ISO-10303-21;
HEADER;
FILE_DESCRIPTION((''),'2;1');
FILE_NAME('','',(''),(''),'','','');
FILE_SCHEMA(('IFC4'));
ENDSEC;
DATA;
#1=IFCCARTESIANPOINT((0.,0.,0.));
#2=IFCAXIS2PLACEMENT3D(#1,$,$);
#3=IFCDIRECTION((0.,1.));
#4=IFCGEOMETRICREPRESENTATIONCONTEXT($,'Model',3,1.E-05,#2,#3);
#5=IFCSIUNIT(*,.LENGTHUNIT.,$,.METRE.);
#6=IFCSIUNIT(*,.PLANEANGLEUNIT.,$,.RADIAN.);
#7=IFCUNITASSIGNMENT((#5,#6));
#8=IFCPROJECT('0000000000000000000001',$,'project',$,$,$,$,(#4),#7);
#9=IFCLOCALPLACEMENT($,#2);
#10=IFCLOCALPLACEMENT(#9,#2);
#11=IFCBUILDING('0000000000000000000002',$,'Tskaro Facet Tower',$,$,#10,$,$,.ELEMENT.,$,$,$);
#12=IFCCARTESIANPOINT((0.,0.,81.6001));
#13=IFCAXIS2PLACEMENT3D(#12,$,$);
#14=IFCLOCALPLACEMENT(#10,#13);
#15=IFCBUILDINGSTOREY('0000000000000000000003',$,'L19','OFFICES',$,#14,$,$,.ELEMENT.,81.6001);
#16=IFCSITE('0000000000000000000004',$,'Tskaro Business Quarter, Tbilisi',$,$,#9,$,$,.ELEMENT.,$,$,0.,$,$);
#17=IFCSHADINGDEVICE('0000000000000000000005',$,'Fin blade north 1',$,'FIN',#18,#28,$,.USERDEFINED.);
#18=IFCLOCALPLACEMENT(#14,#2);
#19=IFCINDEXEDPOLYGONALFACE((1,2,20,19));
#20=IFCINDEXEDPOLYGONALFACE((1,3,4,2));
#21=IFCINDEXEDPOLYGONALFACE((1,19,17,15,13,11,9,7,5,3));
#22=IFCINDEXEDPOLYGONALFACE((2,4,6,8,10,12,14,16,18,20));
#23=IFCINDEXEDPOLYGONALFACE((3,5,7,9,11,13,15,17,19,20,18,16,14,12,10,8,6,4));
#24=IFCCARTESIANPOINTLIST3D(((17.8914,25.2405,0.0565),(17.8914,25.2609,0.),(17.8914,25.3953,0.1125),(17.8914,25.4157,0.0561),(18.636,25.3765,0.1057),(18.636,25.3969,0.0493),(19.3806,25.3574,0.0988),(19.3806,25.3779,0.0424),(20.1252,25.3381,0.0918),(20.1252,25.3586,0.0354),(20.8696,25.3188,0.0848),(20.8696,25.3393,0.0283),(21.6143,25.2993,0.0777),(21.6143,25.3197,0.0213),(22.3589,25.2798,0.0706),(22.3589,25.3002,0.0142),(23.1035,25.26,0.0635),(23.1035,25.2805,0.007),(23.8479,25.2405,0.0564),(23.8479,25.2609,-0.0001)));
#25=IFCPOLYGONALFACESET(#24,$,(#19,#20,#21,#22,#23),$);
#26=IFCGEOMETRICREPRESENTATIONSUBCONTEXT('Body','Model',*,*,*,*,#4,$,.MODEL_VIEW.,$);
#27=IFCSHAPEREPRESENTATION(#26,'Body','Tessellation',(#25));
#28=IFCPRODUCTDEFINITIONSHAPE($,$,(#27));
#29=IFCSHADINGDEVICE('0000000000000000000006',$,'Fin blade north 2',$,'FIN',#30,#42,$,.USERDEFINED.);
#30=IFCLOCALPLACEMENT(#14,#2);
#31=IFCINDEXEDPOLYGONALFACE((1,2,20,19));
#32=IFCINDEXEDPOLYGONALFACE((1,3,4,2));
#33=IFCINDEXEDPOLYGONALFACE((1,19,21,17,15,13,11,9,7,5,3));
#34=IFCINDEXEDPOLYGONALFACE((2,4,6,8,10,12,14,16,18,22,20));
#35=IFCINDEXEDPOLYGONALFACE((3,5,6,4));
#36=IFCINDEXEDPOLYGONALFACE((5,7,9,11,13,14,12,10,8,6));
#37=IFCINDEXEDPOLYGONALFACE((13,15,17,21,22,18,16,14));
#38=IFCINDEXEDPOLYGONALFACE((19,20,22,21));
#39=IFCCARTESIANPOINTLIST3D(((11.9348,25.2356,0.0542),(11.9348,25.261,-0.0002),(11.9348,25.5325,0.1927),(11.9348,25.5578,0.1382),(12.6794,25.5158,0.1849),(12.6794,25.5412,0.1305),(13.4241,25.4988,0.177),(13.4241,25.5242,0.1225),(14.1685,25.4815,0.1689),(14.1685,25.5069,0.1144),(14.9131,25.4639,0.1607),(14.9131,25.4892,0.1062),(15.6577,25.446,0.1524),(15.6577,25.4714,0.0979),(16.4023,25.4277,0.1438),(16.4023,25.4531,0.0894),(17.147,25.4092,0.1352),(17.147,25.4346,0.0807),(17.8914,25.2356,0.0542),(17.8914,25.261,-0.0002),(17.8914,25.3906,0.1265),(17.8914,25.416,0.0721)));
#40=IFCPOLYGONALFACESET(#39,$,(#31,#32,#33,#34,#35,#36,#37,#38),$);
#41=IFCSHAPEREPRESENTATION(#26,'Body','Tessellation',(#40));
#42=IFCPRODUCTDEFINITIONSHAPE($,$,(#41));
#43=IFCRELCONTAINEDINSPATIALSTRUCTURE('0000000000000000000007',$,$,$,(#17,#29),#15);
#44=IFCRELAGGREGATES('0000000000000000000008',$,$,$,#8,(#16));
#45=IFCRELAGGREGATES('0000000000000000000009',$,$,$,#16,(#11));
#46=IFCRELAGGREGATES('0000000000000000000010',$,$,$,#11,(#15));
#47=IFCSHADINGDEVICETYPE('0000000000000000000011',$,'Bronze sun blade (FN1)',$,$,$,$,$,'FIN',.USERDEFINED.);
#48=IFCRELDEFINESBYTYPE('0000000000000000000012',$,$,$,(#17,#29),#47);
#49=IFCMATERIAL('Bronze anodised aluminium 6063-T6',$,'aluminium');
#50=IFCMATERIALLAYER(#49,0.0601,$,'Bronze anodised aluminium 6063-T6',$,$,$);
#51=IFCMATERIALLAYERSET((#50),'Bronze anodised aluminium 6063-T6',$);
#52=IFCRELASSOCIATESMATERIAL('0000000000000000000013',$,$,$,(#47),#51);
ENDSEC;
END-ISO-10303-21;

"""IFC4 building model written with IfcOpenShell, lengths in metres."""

from ifc_helpers import new_model, si_unit, direction, frame, origin, place, context, subcontext, project, spatial, polyline, outline, extrude, material, layer, layer_set, type_object, element, save


model = new_model("IFC4")

# Units and contexts
model_context = context("Model", 3, precision=1e-05, world=origin(), true_north=direction((0.0, 1.0)))
body_context = subcontext(model_context, "Body", "Model", "MODEL_VIEW")
ifc_project = project(units=[si_unit("LENGTHUNIT", "METRE"), si_unit("PLANEANGLEUNIT", "RADIAN")], contexts=[model_context])

# Site, building, storey
site_placement = place(None, origin())
site = spatial("IfcSite", under=ifc_project, at=site_placement, Name="Tskaro Business Quarter, Tbilisi", CompositionType="ELEMENT", RefElevation=0.0)
building_placement = place(site_placement, origin())
building = spatial("IfcBuilding", under=site, at=building_placement, Name="Tskaro Facet Tower", CompositionType="ELEMENT")
storey_placement = place(building_placement, frame((0.0, 0.0, 81.6001)))
storey = spatial("IfcBuildingStorey", under=building, at=storey_placement, Name="L19", Description="OFFICES", CompositionType="ELEMENT", Elevation=81.6001)

# Shared definitions
ifc_material_1 = material(Name="Bronze anodised aluminium 6063-T6", Category="aluminium")

# Shading devices
ifc_layer_1 = layer(ifc_material_1, 0.0601, Name="Bronze anodised aluminium 6063-T6")
ifc_layer_set_1 = layer_set([ifc_layer_1], Name="Bronze anodised aluminium 6063-T6")
shading_device_type = type_object("IfcShadingDeviceType", Name="Bronze sun blade (FN1)", ElementType="FIN", PredefinedType="USERDEFINED", material=ifc_layer_set_1)
shading_device_1_placement = place(storey_placement, frame((23.8479, 25.2405, 0.0564), z_axis=(0.000012, -0.340621, 0.940201), x_axis=(-1.0, -0.000004, 0.000011)))
element("IfcShadingDevice", 1, at=shading_device_1_placement, inside=storey, type_object=shading_device_type, Name="Fin blade north 1", ObjectType="FIN", PredefinedType="USERDEFINED", context=body_context, shape_type="SweptSolid", body=[
    extrude(outline(polyline([(0.0, 0.0), (5.9565, 0.0), (5.9565, -0.1647), (5.2119, -0.1447), (4.4673, -0.1244), (3.7227, -0.1039), (2.9783, -0.0833), (2.2336, -0.0626), (1.489, -0.0418), (0.7444, -0.0208), (0.0, 0.0)])), origin(), (0.0, 0.0, -1.0), 0.0601),
])
shading_device_2_placement = place(storey_placement, frame((17.8914, 25.2356, 0.0542), z_axis=(-0.000002, -0.422706, 0.906267), x_axis=(-1.0, 0.000001, -0.000002)))
element("IfcShadingDevice", 2, at=shading_device_2_placement, inside=storey, type_object=shading_device_type, Name="Fin blade north 2", ObjectType="FIN", PredefinedType="USERDEFINED", context=body_context, shape_type="SweptSolid", body=[
    extrude(outline(polyline([(0.0, 0.0), (5.9565, 0.0), (5.9565, -0.3276), (5.2119, -0.3092), (4.4673, -0.2904), (3.7229, -0.2713), (2.9783, -0.2519), (2.2336, -0.2322), (1.489, -0.212), (0.7444, -0.1916), (0.0, -0.171), (0.0, 0.0)])), origin(), (0.0, 0.0, -1.0), 0.0601),
])

save(model, "model.ifc")
